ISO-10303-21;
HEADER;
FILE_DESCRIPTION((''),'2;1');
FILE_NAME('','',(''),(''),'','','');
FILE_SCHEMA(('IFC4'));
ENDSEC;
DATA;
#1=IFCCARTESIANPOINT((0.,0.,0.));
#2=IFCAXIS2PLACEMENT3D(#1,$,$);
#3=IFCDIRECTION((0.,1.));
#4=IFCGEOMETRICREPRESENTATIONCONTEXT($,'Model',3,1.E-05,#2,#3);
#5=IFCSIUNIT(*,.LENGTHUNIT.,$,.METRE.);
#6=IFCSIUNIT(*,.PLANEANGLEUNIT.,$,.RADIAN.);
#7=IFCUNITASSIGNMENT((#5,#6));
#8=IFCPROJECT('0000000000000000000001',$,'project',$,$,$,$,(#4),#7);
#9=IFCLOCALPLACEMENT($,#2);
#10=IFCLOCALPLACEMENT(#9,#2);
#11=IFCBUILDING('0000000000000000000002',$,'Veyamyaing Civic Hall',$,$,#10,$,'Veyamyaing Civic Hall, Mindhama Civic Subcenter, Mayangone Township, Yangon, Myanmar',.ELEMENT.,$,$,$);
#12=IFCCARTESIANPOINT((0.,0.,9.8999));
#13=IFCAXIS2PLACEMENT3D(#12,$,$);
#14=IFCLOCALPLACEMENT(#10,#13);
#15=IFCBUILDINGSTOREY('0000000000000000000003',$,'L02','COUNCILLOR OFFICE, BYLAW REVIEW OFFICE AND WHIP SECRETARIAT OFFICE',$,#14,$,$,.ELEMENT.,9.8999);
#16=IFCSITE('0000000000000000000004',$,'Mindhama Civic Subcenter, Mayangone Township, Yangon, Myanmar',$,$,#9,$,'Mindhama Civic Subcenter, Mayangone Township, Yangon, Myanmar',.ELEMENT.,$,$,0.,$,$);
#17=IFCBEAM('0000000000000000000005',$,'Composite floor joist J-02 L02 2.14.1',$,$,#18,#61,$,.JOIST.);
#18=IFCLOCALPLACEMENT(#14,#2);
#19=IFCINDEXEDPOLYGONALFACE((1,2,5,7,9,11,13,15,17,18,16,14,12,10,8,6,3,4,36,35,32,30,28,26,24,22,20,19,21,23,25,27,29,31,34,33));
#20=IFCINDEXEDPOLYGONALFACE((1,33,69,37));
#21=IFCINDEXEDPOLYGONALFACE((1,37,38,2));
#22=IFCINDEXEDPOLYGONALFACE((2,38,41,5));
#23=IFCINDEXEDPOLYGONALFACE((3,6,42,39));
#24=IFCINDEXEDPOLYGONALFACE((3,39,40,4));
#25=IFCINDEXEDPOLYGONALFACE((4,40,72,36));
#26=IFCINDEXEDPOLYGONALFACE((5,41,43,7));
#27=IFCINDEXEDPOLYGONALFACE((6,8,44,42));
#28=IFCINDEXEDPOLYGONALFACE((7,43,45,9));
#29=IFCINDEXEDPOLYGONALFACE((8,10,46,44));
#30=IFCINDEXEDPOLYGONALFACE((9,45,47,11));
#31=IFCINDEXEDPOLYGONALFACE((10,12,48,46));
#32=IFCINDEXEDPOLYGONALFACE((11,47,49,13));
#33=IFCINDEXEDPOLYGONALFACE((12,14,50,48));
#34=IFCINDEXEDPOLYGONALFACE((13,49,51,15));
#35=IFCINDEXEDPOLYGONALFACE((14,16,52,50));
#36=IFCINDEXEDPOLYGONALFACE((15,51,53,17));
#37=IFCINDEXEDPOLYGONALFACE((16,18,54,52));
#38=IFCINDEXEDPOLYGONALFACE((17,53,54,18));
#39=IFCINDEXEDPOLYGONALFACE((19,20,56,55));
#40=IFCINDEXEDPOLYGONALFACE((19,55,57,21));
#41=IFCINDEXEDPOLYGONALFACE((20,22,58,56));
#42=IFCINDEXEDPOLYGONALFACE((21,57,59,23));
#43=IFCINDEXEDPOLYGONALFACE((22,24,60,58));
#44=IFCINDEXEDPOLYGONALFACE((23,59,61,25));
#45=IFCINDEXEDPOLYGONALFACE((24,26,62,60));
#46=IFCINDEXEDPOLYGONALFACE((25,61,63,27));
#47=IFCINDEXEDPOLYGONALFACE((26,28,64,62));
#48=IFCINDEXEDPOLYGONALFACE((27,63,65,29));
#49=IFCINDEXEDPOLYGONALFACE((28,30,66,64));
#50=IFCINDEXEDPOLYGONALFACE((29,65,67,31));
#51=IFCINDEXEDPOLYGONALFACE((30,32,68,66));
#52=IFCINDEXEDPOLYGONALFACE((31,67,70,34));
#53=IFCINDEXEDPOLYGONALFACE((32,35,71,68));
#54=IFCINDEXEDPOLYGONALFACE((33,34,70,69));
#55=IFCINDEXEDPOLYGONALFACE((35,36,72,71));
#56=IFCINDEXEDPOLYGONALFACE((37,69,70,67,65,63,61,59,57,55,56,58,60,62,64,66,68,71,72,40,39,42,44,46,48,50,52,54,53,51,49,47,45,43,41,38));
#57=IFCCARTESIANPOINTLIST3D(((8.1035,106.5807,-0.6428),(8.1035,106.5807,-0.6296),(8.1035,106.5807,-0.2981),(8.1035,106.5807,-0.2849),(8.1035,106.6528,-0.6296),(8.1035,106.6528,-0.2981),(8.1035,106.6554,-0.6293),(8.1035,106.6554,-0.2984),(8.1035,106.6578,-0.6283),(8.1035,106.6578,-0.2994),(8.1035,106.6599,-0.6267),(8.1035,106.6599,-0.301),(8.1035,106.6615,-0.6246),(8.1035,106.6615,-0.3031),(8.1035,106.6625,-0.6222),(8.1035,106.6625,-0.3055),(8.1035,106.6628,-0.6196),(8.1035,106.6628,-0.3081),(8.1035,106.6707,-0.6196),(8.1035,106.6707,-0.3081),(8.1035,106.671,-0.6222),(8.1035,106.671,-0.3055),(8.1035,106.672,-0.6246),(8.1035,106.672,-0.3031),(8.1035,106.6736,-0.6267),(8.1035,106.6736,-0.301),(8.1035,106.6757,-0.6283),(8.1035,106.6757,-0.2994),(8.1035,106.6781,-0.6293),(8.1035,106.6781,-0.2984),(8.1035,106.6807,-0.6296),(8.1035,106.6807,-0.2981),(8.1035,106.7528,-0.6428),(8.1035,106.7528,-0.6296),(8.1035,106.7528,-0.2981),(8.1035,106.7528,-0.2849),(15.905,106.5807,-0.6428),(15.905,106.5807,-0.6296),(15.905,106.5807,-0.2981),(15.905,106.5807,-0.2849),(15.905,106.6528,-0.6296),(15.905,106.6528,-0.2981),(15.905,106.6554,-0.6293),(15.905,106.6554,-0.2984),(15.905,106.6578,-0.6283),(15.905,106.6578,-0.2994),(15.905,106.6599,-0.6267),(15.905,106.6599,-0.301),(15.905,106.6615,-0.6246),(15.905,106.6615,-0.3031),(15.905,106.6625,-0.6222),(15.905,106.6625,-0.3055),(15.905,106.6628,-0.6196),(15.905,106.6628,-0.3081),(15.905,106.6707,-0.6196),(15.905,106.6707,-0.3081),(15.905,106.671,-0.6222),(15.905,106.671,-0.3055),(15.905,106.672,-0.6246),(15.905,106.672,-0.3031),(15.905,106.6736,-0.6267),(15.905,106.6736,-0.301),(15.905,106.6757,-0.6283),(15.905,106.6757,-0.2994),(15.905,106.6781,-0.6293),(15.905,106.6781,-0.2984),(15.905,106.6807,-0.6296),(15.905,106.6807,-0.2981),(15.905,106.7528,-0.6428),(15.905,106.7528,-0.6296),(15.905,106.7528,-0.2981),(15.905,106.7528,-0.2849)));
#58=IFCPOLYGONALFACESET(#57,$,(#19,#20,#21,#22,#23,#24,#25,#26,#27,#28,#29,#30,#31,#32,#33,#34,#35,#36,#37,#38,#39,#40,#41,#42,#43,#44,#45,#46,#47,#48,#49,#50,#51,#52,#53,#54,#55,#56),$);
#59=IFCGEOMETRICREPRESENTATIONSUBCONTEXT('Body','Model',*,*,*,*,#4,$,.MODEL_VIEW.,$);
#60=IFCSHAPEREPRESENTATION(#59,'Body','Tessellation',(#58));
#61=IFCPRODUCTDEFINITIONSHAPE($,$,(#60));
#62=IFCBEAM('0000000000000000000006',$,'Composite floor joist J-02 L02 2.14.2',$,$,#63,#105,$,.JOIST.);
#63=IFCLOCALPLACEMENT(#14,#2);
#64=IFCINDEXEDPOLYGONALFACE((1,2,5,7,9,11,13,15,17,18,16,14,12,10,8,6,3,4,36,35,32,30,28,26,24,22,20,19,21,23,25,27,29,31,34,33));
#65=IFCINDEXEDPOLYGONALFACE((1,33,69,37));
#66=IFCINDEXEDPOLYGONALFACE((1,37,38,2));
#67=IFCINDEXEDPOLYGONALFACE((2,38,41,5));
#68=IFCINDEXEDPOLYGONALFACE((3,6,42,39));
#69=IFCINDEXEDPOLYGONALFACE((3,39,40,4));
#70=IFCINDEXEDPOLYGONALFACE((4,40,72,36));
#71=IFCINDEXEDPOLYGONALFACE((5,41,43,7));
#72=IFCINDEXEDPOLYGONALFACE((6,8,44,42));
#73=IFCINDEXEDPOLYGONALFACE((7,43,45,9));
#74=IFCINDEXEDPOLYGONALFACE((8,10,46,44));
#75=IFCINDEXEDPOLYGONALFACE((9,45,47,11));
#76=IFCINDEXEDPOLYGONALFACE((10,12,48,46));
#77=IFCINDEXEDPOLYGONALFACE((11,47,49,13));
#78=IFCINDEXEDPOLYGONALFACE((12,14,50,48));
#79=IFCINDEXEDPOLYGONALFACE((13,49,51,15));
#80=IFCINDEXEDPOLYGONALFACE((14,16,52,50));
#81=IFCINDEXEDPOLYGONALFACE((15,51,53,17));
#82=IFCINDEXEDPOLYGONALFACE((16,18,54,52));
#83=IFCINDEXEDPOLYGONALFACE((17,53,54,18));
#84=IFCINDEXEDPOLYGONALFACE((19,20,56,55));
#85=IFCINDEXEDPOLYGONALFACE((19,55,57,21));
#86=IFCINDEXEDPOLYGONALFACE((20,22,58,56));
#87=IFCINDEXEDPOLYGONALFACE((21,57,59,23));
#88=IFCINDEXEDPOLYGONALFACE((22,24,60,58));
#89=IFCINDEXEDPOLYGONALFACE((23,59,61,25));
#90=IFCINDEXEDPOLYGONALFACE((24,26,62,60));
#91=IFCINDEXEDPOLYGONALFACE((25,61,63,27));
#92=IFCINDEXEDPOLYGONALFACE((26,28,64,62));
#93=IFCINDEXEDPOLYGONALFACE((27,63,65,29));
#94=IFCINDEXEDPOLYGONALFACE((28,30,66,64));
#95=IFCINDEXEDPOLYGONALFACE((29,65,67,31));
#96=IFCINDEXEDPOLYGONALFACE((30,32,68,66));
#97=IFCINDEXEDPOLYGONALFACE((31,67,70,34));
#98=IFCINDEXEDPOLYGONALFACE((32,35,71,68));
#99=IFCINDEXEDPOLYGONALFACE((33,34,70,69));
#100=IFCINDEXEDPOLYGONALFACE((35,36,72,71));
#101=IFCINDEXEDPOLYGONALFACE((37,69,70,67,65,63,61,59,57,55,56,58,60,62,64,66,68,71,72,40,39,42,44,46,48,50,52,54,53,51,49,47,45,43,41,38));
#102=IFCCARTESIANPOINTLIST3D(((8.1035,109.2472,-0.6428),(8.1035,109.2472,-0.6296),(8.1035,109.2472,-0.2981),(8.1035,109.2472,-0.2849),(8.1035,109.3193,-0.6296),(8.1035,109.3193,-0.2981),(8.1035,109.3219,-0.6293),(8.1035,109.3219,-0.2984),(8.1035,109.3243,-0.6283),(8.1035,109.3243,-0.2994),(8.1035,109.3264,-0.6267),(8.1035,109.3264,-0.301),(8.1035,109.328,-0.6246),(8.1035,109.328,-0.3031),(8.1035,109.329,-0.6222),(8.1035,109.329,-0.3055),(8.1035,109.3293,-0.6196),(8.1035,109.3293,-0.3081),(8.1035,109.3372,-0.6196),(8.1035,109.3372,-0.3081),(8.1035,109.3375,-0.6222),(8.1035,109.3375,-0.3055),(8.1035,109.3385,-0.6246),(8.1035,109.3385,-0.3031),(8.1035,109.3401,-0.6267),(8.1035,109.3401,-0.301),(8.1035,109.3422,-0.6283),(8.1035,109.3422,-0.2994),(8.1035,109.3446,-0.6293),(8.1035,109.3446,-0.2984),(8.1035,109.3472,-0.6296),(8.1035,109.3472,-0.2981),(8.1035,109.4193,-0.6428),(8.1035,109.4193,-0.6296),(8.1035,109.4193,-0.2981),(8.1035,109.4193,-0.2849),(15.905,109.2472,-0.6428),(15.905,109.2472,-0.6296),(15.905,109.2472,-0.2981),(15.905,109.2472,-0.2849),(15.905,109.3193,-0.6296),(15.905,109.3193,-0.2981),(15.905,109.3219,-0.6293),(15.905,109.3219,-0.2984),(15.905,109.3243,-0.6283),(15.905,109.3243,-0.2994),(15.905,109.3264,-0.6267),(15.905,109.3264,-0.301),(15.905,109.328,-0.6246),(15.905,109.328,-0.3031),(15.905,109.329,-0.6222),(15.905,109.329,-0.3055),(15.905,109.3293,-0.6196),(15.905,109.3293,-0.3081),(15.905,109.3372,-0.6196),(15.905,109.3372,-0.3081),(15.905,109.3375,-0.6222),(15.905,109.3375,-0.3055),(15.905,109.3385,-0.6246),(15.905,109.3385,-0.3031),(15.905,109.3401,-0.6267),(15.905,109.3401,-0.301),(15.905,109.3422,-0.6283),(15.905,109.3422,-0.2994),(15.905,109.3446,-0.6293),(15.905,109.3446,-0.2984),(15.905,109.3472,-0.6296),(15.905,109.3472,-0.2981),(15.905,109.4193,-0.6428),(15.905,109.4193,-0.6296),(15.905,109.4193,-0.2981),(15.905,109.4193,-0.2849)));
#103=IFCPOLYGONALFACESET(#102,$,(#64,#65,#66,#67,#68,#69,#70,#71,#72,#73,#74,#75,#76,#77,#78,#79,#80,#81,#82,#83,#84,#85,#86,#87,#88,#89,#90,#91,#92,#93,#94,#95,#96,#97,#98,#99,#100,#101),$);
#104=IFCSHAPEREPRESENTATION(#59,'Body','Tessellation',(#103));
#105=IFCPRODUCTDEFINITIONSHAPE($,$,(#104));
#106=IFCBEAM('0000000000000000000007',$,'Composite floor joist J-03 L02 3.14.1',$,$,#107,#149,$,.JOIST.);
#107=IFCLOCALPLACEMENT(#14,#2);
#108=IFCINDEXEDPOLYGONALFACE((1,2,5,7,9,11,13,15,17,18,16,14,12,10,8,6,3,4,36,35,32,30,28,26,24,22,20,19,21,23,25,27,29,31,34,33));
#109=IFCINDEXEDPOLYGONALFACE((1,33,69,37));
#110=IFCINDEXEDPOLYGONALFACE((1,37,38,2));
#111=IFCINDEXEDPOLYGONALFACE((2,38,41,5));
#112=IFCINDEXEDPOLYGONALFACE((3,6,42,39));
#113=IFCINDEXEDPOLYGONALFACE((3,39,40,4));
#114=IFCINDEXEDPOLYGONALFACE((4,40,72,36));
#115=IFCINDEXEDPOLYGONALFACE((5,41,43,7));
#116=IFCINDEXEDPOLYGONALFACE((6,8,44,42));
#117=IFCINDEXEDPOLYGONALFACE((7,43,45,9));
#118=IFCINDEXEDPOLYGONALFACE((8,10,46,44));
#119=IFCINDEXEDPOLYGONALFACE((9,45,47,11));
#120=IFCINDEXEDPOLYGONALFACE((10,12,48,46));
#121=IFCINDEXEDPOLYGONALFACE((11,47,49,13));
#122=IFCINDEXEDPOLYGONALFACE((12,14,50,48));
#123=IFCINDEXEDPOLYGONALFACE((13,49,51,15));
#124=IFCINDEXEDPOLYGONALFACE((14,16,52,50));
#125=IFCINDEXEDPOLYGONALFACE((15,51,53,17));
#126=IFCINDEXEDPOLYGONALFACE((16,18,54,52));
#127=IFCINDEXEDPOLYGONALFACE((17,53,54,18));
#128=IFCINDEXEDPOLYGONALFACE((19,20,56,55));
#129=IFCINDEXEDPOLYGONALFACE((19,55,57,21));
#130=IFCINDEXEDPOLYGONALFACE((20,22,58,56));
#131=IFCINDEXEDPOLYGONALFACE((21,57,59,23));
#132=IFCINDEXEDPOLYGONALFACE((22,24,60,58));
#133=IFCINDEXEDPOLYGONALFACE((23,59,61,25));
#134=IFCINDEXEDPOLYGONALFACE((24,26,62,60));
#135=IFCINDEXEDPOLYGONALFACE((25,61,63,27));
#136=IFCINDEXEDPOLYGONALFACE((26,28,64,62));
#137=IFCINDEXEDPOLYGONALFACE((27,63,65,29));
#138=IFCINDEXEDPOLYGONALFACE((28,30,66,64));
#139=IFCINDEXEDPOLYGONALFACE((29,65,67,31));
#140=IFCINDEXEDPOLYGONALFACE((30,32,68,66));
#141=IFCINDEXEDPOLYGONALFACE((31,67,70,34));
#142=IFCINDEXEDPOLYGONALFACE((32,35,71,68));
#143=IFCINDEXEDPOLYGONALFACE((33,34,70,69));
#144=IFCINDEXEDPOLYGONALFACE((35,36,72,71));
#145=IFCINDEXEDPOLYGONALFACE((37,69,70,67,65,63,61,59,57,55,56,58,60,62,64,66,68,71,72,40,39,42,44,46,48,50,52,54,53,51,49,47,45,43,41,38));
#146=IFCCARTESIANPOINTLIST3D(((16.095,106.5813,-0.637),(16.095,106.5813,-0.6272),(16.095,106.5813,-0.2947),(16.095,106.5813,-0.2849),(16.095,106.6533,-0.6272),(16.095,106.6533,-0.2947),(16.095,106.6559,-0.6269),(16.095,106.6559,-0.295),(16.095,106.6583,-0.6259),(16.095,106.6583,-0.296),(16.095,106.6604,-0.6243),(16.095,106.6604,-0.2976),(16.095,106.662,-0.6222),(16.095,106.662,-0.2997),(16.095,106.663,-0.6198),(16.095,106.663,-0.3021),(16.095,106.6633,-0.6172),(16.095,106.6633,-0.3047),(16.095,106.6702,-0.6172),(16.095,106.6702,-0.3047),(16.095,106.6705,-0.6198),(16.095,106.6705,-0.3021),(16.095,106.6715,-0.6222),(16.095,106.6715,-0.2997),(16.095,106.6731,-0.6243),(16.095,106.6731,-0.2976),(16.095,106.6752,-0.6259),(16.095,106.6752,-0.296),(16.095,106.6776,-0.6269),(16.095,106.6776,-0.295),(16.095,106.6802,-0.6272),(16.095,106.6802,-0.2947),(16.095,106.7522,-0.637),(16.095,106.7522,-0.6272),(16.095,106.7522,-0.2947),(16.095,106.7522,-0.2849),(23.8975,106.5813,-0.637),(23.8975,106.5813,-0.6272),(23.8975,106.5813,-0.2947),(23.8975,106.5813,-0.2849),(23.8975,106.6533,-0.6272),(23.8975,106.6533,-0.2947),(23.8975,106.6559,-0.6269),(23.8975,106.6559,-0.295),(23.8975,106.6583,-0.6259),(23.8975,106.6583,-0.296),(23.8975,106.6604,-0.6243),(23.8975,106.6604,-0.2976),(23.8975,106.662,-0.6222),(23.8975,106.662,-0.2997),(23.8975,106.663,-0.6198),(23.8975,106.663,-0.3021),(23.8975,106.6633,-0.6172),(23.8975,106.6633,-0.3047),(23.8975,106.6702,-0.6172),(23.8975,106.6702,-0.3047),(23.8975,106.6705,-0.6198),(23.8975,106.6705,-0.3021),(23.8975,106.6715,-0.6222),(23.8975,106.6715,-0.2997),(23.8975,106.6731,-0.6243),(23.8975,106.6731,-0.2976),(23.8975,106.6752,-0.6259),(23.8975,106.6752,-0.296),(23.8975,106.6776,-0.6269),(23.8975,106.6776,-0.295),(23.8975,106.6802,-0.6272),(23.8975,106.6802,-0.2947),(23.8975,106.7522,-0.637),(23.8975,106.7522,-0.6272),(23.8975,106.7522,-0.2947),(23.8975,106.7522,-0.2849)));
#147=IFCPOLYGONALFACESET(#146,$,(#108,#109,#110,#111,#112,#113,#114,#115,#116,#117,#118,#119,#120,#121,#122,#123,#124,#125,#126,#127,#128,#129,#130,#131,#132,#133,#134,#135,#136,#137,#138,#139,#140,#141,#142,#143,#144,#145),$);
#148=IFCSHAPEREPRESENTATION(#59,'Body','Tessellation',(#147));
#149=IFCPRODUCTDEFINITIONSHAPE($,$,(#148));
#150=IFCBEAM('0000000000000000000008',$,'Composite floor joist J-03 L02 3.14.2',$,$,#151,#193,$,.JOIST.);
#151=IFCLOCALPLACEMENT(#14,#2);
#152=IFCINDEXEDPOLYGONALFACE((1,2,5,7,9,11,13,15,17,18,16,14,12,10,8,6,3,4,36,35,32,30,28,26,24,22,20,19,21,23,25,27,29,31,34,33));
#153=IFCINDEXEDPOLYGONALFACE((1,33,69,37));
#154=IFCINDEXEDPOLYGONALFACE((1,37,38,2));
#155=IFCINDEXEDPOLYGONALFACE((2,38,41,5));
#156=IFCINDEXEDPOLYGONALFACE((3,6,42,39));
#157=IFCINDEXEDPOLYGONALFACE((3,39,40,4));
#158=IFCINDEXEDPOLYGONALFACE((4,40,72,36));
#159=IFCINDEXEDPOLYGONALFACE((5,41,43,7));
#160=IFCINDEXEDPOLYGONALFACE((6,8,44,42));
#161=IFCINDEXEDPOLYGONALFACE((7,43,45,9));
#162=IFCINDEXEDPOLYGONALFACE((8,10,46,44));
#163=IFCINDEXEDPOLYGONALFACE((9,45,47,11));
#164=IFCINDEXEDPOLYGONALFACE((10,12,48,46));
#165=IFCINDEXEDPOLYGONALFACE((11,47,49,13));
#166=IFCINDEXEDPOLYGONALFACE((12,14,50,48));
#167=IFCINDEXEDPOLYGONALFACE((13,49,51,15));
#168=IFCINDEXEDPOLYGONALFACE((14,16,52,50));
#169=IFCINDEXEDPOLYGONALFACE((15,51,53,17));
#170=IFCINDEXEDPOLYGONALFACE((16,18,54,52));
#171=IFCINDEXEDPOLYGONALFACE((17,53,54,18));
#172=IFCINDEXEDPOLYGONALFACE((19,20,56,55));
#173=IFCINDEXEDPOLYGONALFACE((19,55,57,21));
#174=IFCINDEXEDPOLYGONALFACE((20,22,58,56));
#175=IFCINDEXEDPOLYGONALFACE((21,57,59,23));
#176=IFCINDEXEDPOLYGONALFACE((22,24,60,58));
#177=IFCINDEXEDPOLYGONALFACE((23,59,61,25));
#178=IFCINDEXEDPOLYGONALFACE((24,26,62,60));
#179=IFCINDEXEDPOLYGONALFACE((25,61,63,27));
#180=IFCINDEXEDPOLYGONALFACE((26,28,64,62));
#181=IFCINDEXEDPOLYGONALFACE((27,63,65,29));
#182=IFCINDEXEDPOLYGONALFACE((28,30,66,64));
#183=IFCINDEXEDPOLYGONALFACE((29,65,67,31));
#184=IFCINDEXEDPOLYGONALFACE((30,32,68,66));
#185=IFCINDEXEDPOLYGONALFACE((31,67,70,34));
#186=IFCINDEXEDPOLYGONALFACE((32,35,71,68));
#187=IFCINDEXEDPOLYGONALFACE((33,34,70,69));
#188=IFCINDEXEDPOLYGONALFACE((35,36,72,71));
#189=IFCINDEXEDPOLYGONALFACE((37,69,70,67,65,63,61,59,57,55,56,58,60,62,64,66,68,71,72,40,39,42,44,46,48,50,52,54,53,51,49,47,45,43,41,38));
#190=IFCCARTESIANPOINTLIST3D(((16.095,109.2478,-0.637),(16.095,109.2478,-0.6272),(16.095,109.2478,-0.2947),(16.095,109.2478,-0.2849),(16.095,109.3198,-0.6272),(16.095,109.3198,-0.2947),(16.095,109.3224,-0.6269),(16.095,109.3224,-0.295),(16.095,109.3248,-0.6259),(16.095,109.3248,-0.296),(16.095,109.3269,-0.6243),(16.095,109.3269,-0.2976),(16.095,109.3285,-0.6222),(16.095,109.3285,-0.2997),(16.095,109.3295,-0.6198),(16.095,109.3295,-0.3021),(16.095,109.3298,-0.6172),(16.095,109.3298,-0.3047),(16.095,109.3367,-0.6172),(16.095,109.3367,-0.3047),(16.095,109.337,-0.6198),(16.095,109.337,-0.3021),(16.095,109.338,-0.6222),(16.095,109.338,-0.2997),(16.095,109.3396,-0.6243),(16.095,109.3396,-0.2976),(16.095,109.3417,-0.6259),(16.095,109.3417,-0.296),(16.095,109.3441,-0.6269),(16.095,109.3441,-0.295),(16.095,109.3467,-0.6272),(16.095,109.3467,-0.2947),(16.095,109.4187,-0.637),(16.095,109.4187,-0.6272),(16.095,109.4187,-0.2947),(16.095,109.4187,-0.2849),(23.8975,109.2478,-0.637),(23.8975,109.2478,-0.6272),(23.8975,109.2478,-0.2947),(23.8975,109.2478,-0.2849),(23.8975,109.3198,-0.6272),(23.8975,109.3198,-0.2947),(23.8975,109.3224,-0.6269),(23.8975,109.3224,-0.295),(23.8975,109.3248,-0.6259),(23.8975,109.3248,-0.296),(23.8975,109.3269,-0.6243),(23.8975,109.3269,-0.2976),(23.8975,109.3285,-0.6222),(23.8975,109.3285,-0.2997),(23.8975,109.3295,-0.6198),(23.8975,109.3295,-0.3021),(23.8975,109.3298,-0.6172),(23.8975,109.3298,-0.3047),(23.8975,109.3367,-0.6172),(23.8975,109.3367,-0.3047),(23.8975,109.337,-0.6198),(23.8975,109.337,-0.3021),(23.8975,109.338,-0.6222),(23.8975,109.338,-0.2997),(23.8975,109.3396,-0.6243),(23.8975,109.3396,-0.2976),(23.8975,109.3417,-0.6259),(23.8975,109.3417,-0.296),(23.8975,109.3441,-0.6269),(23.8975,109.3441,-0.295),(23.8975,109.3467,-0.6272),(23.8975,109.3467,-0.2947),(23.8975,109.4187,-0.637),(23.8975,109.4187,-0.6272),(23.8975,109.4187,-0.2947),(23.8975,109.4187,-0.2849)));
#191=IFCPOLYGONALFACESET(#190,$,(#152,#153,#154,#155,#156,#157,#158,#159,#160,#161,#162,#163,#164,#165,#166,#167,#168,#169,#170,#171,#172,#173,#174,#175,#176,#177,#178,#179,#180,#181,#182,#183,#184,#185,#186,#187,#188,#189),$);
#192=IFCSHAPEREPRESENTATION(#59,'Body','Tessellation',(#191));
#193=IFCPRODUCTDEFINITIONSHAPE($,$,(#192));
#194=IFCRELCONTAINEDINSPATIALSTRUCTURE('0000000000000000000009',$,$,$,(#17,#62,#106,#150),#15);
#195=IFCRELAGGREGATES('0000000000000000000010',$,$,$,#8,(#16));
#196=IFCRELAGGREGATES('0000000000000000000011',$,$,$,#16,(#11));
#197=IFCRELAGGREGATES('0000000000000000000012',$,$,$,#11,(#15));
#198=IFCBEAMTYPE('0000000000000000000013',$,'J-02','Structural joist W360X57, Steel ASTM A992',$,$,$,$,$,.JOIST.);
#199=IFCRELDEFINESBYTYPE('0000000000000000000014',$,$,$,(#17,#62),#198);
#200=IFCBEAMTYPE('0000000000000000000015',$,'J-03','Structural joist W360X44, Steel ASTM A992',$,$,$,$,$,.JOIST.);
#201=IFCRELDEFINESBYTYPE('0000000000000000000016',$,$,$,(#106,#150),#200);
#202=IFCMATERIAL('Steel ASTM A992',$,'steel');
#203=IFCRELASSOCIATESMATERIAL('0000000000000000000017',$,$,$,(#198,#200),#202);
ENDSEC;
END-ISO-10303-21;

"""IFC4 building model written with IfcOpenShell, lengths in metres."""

from ifc_helpers import new_model, si_unit, direction, frame, origin, origin_2d, place, context, subcontext, project, spatial, i_section, extrude, material, material_profile, profile_set, type_object, element, save


model = new_model("IFC4")

# Units and contexts
model_context = context("Model", 3, precision=1e-05, world=origin(), true_north=direction((0.0, 1.0)))
body_context = subcontext(model_context, "Body", "Model", "MODEL_VIEW")
ifc_project = project(units=[si_unit("LENGTHUNIT", "METRE"), si_unit("PLANEANGLEUNIT", "RADIAN")], contexts=[model_context])

# Site, building, storey
site_placement = place(None, origin())
site = spatial("IfcSite", under=ifc_project, at=site_placement, Name="Mindhama Civic Subcenter, Mayangone Township, Yangon, Myanmar", LongName="Mindhama Civic Subcenter, Mayangone Township, Yangon, Myanmar", CompositionType="ELEMENT", RefElevation=0.0)
building_placement = place(site_placement, origin())
building = spatial("IfcBuilding", under=site, at=building_placement, Name="Veyamyaing Civic Hall", LongName="Veyamyaing Civic Hall, Mindhama Civic Subcenter, Mayangone Township, Yangon, Myanmar", CompositionType="ELEMENT")
storey_placement = place(building_placement, frame((0.0, 0.0, 9.8999)))
storey = spatial("IfcBuildingStorey", under=building, at=storey_placement, Name="L02", Description="COUNCILLOR OFFICE, BYLAW REVIEW OFFICE AND WHIP SECRETARIAT OFFICE", CompositionType="ELEMENT", Elevation=9.8999)

# Beams
ifc_material_1 = material(Name="Steel ASTM A992", Category="steel")
ifc_material_profile_1 = material_profile(ifc_material_1, i_section(OverallWidth=0.1721, OverallDepth=0.3579, WebThickness=0.0078, FlangeThickness=0.0132, FilletRadius=0.01, at=origin_2d()), Name="W360X57")
ifc_profile_set_1 = profile_set([ifc_material_profile_1], Name="Steel ASTM A992")
beam_type_1 = type_object("IfcBeamType", Name="J-02", Description="Structural joist W360X57, Steel ASTM A992", PredefinedType="JOIST", material=ifc_profile_set_1)
for number, where, z_axis, x_axis, name in (
    (1, (8.1035, 106.6667, -0.4639), (1.0, 0.0, 0.0), (0.0, 1.0, 0.0), "Composite floor joist J-02 L02 2.14.1"),
    (2, (8.1035, 109.3333, -0.4639), (1.0, 0.0, 0.0), (0.0, 1.0, 0.0), "Composite floor joist J-02 L02 2.14.2"),
):
    element("IfcBeam", number, at=place(storey_placement, frame(where, z_axis=z_axis, x_axis=x_axis)), inside=storey, type_object=beam_type_1, Name=name, PredefinedType="JOIST", context=body_context, shape_type="SweptSolid", body=[
        extrude(i_section(OverallWidth=0.1721, OverallDepth=0.3579, WebThickness=0.0078, FlangeThickness=0.0132, FilletRadius=0.01, at=origin_2d()), origin(), (0.0, 0.0, 1.0), 7.8015),
    ])
ifc_material_profile_2 = material_profile(ifc_material_1, i_section(OverallWidth=0.1709, OverallDepth=0.3521, WebThickness=0.0068, FlangeThickness=0.0098, FilletRadius=0.01, at=origin_2d()), Name="W360X44")
ifc_profile_set_2 = profile_set([ifc_material_profile_2], Name="Steel ASTM A992")
beam_type_2 = type_object("IfcBeamType", Name="J-03", Description="Structural joist W360X44, Steel ASTM A992", PredefinedType="JOIST", material=ifc_profile_set_2)
for number, where, z_axis, x_axis, name in (
    (3, (16.095, 106.6667, -0.4609), (1.0, 0.0, 0.0), (0.0, 1.0, 0.0), "Composite floor joist J-03 L02 3.14.1"),
    (4, (16.095, 109.3333, -0.4609), (1.0, 0.0, 0.0), (0.0, 1.0, 0.0), "Composite floor joist J-03 L02 3.14.2"),
):
    element("IfcBeam", number, at=place(storey_placement, frame(where, z_axis=z_axis, x_axis=x_axis)), inside=storey, type_object=beam_type_2, Name=name, PredefinedType="JOIST", context=body_context, shape_type="SweptSolid", body=[
        extrude(i_section(OverallWidth=0.1709, OverallDepth=0.3521, WebThickness=0.0068, FlangeThickness=0.0098, FilletRadius=0.01, at=origin_2d()), origin(), (0.0, 0.0, 1.0), 7.8025),
    ])

save(model, "model.ifc")
